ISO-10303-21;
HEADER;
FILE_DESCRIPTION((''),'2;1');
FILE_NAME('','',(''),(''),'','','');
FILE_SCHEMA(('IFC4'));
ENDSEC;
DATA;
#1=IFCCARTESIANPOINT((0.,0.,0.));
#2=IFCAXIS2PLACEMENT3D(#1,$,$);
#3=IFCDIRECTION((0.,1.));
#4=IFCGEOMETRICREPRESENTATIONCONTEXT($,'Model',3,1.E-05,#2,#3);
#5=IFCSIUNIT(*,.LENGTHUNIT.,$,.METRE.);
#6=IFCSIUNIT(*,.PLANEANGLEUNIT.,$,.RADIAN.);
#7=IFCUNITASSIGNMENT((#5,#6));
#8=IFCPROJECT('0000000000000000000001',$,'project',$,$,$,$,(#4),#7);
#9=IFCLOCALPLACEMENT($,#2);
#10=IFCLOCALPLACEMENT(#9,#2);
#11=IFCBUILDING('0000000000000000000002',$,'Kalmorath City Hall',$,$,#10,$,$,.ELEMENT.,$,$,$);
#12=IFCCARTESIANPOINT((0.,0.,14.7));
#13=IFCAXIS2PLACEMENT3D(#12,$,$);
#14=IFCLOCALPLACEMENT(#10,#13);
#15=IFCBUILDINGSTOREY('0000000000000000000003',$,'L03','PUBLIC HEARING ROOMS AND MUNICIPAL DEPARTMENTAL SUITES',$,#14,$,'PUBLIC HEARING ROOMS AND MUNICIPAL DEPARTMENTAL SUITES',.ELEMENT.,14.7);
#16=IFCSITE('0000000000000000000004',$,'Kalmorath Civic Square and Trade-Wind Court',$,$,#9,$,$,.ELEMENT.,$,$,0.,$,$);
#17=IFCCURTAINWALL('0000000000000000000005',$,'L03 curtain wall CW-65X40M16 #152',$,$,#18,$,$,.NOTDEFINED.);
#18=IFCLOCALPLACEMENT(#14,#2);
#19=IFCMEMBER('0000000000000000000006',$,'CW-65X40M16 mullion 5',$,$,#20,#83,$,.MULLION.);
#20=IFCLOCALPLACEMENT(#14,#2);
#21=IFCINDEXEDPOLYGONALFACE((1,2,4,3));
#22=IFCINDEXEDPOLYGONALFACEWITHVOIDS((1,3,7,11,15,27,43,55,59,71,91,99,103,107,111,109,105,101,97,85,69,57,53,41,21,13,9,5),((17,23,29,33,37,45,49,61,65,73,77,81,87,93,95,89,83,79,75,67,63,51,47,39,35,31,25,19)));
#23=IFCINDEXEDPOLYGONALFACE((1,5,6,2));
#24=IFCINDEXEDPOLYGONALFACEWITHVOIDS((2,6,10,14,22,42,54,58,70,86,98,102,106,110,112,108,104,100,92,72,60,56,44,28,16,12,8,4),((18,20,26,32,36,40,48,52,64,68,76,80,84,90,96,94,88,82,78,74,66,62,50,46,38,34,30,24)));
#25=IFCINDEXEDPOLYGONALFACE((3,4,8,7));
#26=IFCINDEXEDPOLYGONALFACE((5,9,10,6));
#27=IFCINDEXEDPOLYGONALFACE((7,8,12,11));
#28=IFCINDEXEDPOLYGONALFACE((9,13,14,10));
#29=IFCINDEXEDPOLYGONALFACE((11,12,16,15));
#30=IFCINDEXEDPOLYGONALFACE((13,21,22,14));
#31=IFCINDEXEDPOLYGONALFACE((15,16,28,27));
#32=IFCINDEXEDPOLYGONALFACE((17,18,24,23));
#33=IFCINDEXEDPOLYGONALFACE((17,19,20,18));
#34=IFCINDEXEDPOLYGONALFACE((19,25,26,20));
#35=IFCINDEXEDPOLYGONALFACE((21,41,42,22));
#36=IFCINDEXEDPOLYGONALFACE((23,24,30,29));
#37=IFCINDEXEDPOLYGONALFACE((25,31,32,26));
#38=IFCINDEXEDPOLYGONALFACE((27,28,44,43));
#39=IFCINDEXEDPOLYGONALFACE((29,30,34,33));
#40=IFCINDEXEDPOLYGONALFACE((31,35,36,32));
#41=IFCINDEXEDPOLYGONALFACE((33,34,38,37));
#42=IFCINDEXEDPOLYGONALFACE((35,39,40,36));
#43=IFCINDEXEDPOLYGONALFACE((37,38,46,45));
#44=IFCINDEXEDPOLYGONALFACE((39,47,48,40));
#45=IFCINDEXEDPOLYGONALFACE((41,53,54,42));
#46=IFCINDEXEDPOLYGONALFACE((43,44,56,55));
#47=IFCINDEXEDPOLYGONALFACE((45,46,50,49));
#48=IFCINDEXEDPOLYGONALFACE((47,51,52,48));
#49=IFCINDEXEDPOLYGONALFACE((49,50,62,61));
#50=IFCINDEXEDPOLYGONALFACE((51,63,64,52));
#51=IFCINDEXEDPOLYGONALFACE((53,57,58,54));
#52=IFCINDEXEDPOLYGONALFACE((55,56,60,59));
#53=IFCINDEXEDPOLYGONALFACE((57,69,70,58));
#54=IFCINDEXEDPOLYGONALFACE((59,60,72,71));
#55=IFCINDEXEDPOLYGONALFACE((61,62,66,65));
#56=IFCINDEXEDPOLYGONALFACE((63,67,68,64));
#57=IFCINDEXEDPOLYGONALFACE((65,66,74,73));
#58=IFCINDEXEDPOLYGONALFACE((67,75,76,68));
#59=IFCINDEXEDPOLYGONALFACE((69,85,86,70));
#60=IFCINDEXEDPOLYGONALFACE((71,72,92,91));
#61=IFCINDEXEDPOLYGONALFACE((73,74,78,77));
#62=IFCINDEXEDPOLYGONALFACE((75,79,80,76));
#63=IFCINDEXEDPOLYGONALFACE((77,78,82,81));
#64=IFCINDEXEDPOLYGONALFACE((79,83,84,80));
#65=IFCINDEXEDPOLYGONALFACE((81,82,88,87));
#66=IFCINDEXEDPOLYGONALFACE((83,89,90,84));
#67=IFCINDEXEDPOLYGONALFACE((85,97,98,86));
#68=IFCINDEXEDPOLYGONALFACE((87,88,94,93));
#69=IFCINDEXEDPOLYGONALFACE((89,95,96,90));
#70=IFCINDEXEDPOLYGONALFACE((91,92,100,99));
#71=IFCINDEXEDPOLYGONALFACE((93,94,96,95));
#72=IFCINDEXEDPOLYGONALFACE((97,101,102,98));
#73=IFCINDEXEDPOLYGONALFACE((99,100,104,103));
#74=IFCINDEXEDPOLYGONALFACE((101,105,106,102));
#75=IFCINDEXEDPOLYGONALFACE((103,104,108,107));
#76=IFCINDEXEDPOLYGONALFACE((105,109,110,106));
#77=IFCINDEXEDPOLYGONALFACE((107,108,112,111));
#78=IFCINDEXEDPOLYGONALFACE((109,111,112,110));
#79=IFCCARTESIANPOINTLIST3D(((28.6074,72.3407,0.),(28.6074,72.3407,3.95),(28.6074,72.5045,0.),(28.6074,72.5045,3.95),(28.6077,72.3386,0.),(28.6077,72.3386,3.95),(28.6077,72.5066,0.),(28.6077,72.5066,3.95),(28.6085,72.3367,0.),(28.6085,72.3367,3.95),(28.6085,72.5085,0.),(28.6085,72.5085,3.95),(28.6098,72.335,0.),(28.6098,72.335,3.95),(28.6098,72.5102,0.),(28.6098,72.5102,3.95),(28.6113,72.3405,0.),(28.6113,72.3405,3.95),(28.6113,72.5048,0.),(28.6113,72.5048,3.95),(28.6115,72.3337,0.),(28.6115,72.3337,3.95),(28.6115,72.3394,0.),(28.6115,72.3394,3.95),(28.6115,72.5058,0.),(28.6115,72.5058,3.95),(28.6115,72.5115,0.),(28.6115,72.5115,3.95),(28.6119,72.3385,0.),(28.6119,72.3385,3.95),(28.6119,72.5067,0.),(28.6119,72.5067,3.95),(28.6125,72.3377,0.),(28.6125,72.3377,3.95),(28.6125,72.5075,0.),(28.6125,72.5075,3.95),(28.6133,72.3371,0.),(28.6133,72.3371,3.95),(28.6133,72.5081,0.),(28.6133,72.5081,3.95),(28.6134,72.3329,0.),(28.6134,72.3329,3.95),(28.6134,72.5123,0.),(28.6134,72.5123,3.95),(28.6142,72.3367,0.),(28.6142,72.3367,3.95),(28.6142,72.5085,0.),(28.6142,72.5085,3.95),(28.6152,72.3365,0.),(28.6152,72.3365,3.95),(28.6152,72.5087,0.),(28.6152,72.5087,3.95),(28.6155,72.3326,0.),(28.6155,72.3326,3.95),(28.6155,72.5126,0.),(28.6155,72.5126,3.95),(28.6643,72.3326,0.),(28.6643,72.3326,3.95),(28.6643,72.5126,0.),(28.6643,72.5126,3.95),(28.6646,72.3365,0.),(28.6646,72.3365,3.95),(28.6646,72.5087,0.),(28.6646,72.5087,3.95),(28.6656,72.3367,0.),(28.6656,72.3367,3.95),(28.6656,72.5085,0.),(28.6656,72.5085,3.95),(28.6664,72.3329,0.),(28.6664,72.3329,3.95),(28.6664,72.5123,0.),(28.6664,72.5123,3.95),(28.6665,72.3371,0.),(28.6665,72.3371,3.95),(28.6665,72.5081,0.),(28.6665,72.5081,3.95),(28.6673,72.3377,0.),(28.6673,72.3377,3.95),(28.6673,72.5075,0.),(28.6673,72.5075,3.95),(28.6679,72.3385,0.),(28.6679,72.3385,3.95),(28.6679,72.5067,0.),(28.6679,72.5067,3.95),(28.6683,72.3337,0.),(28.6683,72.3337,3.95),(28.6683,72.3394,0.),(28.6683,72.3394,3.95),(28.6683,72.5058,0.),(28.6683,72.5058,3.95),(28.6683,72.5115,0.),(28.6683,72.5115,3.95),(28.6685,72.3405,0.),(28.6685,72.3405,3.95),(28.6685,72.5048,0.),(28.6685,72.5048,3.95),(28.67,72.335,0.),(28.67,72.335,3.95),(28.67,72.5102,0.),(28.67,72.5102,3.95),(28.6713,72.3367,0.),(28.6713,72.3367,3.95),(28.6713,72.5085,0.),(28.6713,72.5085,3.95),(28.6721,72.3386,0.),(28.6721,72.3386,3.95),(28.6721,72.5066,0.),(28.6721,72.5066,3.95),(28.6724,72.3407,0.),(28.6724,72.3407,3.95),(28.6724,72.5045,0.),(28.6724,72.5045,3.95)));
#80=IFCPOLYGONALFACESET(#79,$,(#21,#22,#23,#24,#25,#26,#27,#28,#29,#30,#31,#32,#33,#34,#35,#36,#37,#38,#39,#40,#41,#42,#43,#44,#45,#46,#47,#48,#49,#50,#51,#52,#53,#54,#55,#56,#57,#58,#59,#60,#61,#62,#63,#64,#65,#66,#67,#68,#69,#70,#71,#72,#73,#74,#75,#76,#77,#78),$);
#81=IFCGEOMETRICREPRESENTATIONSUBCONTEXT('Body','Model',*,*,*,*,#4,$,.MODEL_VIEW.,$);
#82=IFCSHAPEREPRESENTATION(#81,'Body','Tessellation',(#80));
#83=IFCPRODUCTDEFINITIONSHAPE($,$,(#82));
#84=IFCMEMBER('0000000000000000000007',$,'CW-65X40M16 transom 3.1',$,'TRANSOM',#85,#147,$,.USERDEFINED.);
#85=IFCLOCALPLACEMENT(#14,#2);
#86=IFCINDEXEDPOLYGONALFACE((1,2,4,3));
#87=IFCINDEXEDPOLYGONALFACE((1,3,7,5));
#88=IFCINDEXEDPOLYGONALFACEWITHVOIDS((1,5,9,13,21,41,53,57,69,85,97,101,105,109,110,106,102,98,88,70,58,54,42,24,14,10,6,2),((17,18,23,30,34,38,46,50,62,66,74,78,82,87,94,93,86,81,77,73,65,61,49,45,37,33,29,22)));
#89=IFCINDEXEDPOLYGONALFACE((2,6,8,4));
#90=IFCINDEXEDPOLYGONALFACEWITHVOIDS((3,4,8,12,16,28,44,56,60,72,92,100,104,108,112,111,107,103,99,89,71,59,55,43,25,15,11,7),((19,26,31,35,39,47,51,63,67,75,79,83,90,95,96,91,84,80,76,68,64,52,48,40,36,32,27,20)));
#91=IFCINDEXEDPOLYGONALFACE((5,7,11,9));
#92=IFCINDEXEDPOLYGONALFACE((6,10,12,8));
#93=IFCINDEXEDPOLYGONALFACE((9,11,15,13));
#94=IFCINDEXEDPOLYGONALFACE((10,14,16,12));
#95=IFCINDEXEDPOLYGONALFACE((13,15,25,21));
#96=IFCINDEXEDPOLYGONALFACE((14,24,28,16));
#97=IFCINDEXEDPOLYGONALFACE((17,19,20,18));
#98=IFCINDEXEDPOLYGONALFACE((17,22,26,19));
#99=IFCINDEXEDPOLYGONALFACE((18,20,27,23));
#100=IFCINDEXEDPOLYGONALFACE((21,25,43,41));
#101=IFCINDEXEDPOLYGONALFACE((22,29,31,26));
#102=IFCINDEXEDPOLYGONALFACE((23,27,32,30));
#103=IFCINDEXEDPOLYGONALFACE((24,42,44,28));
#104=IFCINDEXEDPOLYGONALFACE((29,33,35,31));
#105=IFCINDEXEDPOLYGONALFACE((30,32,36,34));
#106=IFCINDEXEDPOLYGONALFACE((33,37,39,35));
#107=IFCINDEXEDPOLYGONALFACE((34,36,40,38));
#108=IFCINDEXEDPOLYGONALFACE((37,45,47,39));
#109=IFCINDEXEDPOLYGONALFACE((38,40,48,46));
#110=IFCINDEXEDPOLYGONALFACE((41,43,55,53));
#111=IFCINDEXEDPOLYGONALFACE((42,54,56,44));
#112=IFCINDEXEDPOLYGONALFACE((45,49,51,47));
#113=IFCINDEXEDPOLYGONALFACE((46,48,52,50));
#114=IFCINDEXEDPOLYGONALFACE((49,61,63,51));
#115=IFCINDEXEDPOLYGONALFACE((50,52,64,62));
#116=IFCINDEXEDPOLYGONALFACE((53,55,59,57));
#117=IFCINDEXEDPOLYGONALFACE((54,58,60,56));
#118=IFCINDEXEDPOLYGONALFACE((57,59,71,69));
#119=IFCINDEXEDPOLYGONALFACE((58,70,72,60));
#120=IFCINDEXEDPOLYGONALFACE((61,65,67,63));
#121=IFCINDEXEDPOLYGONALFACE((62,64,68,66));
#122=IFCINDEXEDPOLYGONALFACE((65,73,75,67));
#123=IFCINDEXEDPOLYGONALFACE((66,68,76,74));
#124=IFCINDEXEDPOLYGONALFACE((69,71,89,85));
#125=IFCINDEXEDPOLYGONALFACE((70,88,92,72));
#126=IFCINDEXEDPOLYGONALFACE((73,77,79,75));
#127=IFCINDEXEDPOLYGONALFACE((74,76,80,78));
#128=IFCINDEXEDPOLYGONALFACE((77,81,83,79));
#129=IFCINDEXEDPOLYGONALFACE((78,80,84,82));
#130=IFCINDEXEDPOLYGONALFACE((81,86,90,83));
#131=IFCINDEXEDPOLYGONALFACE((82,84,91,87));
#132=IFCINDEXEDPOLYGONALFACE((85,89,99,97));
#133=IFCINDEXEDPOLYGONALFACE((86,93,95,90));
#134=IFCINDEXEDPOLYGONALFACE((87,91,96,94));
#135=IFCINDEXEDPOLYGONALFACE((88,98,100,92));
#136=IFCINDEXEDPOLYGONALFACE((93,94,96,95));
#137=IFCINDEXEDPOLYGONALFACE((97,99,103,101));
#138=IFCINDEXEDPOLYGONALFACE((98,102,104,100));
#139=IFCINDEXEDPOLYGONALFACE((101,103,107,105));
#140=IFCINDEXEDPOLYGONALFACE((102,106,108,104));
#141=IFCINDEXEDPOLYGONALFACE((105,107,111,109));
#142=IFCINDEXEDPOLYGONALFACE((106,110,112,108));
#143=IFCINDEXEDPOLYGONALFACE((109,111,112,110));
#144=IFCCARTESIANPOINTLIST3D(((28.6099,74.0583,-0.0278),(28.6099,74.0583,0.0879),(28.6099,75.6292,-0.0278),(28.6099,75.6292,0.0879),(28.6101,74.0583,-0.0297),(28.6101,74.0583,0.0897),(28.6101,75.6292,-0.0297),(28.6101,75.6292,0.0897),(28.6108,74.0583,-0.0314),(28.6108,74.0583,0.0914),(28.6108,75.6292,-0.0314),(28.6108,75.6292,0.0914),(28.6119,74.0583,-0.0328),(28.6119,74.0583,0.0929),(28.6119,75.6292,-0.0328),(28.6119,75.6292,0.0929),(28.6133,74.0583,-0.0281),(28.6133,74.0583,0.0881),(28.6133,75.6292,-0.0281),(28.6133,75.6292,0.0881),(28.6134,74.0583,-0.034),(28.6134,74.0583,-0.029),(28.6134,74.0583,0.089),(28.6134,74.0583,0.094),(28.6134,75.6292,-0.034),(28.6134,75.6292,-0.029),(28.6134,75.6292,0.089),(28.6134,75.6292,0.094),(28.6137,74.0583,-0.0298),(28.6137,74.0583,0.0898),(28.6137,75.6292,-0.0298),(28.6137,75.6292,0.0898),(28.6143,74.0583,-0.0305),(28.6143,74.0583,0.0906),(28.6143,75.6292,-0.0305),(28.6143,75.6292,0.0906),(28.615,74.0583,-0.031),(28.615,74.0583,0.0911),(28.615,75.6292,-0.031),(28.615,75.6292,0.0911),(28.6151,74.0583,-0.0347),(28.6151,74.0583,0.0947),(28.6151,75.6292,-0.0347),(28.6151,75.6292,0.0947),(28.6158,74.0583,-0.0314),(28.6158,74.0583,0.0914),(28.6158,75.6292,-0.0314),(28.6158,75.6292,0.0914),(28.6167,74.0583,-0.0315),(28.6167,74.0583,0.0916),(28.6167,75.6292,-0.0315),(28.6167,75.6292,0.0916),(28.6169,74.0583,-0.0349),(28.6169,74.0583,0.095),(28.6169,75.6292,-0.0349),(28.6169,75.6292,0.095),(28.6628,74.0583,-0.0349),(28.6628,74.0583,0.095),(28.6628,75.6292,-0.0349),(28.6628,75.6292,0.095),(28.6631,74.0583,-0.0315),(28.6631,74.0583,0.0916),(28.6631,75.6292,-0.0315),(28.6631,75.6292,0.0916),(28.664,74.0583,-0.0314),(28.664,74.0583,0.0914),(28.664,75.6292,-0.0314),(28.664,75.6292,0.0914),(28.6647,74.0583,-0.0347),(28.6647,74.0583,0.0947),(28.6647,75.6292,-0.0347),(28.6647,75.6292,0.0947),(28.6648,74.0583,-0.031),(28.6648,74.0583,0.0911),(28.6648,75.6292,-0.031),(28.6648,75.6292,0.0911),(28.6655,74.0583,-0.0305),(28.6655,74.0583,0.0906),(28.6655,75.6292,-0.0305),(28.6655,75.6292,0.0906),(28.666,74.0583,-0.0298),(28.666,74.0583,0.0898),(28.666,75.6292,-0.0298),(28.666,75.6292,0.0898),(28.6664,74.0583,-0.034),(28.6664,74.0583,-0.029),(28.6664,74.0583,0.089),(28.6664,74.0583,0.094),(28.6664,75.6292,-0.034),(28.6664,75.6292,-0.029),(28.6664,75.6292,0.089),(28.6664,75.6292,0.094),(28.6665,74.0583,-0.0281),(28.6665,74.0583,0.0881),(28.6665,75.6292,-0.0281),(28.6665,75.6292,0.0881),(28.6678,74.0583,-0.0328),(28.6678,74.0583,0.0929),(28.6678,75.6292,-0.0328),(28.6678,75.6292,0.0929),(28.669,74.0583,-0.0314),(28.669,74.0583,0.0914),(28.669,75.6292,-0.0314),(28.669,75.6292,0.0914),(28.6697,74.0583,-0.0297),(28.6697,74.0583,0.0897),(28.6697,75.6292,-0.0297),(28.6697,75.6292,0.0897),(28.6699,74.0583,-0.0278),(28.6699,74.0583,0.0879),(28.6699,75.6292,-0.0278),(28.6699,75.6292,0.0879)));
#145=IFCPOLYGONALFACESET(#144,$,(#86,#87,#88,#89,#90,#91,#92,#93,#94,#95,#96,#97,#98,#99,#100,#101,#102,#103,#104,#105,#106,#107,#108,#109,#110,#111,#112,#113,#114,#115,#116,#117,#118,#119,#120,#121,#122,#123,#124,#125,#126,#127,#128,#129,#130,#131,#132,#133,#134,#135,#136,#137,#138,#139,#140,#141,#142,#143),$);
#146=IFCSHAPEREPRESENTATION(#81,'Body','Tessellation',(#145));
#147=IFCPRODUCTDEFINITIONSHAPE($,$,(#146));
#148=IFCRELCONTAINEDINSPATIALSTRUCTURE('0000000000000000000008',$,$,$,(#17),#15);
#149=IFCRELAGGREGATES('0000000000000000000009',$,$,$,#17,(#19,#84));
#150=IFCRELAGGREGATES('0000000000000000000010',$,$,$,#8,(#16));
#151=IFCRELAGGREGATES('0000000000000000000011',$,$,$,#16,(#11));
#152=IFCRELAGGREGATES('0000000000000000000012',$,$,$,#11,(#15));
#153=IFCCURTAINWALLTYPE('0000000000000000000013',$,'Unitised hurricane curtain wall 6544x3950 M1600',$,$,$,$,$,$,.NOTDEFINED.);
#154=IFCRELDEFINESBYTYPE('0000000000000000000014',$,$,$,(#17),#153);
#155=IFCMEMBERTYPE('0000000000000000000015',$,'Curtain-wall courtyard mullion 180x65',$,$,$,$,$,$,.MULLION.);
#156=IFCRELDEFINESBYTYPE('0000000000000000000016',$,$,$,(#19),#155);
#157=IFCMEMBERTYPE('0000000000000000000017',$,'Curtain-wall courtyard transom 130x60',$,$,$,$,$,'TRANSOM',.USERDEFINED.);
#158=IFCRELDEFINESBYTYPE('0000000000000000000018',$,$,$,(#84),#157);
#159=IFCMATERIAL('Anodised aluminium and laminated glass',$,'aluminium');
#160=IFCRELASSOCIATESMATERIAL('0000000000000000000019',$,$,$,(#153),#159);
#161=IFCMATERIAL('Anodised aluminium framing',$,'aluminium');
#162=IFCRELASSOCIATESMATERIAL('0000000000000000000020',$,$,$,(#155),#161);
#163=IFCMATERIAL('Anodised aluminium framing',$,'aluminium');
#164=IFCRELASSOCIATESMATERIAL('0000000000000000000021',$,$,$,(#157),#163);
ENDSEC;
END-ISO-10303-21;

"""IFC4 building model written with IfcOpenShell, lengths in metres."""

from ifc_helpers import new_model, si_unit, direction, frame, origin, origin_2d, place, context, subcontext, project, spatial, hollow_rectangle, extrude, material, material_profile, profile_set, type_object, element, aggregate, save


model = new_model("IFC4")

# Units and contexts
model_context = context("Model", 3, precision=1e-05, world=origin(), true_north=direction((0.0, 1.0)))
body_context = subcontext(model_context, "Body", "Model", "MODEL_VIEW")
ifc_project = project(units=[si_unit("LENGTHUNIT", "METRE"), si_unit("PLANEANGLEUNIT", "RADIAN")], contexts=[model_context])

# Site, building, storey
site_placement = place(None, origin())
site = spatial("IfcSite", under=ifc_project, at=site_placement, Name="Kalmorath Civic Square and Trade-Wind Court", CompositionType="ELEMENT", RefElevation=0.0)
building_placement = place(site_placement, origin())
building = spatial("IfcBuilding", under=site, at=building_placement, Name="Kalmorath City Hall", CompositionType="ELEMENT")
storey_placement = place(building_placement, frame((0.0, 0.0, 14.7)))
storey = spatial("IfcBuildingStorey", under=building, at=storey_placement, Name="L03", Description="PUBLIC HEARING ROOMS AND MUNICIPAL DEPARTMENTAL SUITES", LongName="PUBLIC HEARING ROOMS AND MUNICIPAL DEPARTMENTAL SUITES", CompositionType="ELEMENT", Elevation=14.7)

# Curtain wall, members
ifc_material_1 = material(Name="Anodised aluminium and laminated glass", Category="aluminium")
curtain_wall_type = type_object("IfcCurtainWallType", Name="Unitised hurricane curtain wall 6544x3950 M1600", PredefinedType="NOTDEFINED", material=ifc_material_1)
curtain_wall_placement = place(storey_placement, origin())
curtain_wall = element("IfcCurtainWall", 1, at=curtain_wall_placement, inside=storey, type_object=curtain_wall_type, Name="L03 curtain wall CW-65X40M16 #152", PredefinedType="NOTDEFINED")
ifc_material_2 = material(Name="Anodised aluminium framing", Category="aluminium")
ifc_material_profile_1 = material_profile(ifc_material_2, hollow_rectangle(XDim=0.0649, YDim=0.1799, WallThickness=0.0039, InnerFilletRadius=0.0039, OuterFilletRadius=0.0081, at=origin_2d()), Name="ALU-MUL-180X65X4")
ifc_profile_set_1 = profile_set([ifc_material_profile_1], Name="Anodised aluminium framing")
member_type_1 = type_object("IfcMemberType", Name="Curtain-wall courtyard mullion 180x65", PredefinedType="MULLION", material=ifc_profile_set_1)
member_1_placement = place(storey_placement, frame((28.6399, 72.4226, 0.0), z_axis=(0.0, 0.0, 1.0), x_axis=(1.0, 0.0, 0.0)))
member_1 = element("IfcMember", 2, at=member_1_placement, type_object=member_type_1, Name="CW-65X40M16 mullion 5", PredefinedType="MULLION", context=body_context, shape_type="SweptSolid", body=[
    extrude(hollow_rectangle(XDim=0.0649, YDim=0.1799, WallThickness=0.0039, InnerFilletRadius=0.0039, OuterFilletRadius=0.0081, at=origin_2d()), origin(), (0.0, 0.0, 1.0), 3.95),
])
ifc_material_3 = material(Name="Anodised aluminium framing", Category="aluminium")
ifc_material_profile_2 = material_profile(ifc_material_3, hollow_rectangle(XDim=0.0601, YDim=0.1299, WallThickness=0.0034, InnerFilletRadius=0.0034, OuterFilletRadius=0.0071, at=origin_2d()), Name="ALU-TRN-130X60X3.5")
ifc_profile_set_2 = profile_set([ifc_material_profile_2], Name="Anodised aluminium framing")
member_type_2 = type_object("IfcMemberType", Name="Curtain-wall courtyard transom 130x60", ElementType="TRANSOM", PredefinedType="USERDEFINED", material=ifc_profile_set_2)
member_2_placement = place(storey_placement, frame((28.6399, 75.6292, 0.03), z_axis=(0.0, -1.0, 0.0), x_axis=(1.0, 0.0, 0.0)))
member_2 = element("IfcMember", 3, at=member_2_placement, type_object=member_type_2, Name="CW-65X40M16 transom 3.1", ObjectType="TRANSOM", PredefinedType="USERDEFINED", context=body_context, shape_type="SweptSolid", body=[
    extrude(hollow_rectangle(XDim=0.0601, YDim=0.1299, WallThickness=0.0034, InnerFilletRadius=0.0034, OuterFilletRadius=0.0071, at=origin_2d()), origin(), (0.0, 0.0, 1.0), 1.5708),
])

aggregate(curtain_wall, [member_1, member_2])

save(model, "model.ifc")
